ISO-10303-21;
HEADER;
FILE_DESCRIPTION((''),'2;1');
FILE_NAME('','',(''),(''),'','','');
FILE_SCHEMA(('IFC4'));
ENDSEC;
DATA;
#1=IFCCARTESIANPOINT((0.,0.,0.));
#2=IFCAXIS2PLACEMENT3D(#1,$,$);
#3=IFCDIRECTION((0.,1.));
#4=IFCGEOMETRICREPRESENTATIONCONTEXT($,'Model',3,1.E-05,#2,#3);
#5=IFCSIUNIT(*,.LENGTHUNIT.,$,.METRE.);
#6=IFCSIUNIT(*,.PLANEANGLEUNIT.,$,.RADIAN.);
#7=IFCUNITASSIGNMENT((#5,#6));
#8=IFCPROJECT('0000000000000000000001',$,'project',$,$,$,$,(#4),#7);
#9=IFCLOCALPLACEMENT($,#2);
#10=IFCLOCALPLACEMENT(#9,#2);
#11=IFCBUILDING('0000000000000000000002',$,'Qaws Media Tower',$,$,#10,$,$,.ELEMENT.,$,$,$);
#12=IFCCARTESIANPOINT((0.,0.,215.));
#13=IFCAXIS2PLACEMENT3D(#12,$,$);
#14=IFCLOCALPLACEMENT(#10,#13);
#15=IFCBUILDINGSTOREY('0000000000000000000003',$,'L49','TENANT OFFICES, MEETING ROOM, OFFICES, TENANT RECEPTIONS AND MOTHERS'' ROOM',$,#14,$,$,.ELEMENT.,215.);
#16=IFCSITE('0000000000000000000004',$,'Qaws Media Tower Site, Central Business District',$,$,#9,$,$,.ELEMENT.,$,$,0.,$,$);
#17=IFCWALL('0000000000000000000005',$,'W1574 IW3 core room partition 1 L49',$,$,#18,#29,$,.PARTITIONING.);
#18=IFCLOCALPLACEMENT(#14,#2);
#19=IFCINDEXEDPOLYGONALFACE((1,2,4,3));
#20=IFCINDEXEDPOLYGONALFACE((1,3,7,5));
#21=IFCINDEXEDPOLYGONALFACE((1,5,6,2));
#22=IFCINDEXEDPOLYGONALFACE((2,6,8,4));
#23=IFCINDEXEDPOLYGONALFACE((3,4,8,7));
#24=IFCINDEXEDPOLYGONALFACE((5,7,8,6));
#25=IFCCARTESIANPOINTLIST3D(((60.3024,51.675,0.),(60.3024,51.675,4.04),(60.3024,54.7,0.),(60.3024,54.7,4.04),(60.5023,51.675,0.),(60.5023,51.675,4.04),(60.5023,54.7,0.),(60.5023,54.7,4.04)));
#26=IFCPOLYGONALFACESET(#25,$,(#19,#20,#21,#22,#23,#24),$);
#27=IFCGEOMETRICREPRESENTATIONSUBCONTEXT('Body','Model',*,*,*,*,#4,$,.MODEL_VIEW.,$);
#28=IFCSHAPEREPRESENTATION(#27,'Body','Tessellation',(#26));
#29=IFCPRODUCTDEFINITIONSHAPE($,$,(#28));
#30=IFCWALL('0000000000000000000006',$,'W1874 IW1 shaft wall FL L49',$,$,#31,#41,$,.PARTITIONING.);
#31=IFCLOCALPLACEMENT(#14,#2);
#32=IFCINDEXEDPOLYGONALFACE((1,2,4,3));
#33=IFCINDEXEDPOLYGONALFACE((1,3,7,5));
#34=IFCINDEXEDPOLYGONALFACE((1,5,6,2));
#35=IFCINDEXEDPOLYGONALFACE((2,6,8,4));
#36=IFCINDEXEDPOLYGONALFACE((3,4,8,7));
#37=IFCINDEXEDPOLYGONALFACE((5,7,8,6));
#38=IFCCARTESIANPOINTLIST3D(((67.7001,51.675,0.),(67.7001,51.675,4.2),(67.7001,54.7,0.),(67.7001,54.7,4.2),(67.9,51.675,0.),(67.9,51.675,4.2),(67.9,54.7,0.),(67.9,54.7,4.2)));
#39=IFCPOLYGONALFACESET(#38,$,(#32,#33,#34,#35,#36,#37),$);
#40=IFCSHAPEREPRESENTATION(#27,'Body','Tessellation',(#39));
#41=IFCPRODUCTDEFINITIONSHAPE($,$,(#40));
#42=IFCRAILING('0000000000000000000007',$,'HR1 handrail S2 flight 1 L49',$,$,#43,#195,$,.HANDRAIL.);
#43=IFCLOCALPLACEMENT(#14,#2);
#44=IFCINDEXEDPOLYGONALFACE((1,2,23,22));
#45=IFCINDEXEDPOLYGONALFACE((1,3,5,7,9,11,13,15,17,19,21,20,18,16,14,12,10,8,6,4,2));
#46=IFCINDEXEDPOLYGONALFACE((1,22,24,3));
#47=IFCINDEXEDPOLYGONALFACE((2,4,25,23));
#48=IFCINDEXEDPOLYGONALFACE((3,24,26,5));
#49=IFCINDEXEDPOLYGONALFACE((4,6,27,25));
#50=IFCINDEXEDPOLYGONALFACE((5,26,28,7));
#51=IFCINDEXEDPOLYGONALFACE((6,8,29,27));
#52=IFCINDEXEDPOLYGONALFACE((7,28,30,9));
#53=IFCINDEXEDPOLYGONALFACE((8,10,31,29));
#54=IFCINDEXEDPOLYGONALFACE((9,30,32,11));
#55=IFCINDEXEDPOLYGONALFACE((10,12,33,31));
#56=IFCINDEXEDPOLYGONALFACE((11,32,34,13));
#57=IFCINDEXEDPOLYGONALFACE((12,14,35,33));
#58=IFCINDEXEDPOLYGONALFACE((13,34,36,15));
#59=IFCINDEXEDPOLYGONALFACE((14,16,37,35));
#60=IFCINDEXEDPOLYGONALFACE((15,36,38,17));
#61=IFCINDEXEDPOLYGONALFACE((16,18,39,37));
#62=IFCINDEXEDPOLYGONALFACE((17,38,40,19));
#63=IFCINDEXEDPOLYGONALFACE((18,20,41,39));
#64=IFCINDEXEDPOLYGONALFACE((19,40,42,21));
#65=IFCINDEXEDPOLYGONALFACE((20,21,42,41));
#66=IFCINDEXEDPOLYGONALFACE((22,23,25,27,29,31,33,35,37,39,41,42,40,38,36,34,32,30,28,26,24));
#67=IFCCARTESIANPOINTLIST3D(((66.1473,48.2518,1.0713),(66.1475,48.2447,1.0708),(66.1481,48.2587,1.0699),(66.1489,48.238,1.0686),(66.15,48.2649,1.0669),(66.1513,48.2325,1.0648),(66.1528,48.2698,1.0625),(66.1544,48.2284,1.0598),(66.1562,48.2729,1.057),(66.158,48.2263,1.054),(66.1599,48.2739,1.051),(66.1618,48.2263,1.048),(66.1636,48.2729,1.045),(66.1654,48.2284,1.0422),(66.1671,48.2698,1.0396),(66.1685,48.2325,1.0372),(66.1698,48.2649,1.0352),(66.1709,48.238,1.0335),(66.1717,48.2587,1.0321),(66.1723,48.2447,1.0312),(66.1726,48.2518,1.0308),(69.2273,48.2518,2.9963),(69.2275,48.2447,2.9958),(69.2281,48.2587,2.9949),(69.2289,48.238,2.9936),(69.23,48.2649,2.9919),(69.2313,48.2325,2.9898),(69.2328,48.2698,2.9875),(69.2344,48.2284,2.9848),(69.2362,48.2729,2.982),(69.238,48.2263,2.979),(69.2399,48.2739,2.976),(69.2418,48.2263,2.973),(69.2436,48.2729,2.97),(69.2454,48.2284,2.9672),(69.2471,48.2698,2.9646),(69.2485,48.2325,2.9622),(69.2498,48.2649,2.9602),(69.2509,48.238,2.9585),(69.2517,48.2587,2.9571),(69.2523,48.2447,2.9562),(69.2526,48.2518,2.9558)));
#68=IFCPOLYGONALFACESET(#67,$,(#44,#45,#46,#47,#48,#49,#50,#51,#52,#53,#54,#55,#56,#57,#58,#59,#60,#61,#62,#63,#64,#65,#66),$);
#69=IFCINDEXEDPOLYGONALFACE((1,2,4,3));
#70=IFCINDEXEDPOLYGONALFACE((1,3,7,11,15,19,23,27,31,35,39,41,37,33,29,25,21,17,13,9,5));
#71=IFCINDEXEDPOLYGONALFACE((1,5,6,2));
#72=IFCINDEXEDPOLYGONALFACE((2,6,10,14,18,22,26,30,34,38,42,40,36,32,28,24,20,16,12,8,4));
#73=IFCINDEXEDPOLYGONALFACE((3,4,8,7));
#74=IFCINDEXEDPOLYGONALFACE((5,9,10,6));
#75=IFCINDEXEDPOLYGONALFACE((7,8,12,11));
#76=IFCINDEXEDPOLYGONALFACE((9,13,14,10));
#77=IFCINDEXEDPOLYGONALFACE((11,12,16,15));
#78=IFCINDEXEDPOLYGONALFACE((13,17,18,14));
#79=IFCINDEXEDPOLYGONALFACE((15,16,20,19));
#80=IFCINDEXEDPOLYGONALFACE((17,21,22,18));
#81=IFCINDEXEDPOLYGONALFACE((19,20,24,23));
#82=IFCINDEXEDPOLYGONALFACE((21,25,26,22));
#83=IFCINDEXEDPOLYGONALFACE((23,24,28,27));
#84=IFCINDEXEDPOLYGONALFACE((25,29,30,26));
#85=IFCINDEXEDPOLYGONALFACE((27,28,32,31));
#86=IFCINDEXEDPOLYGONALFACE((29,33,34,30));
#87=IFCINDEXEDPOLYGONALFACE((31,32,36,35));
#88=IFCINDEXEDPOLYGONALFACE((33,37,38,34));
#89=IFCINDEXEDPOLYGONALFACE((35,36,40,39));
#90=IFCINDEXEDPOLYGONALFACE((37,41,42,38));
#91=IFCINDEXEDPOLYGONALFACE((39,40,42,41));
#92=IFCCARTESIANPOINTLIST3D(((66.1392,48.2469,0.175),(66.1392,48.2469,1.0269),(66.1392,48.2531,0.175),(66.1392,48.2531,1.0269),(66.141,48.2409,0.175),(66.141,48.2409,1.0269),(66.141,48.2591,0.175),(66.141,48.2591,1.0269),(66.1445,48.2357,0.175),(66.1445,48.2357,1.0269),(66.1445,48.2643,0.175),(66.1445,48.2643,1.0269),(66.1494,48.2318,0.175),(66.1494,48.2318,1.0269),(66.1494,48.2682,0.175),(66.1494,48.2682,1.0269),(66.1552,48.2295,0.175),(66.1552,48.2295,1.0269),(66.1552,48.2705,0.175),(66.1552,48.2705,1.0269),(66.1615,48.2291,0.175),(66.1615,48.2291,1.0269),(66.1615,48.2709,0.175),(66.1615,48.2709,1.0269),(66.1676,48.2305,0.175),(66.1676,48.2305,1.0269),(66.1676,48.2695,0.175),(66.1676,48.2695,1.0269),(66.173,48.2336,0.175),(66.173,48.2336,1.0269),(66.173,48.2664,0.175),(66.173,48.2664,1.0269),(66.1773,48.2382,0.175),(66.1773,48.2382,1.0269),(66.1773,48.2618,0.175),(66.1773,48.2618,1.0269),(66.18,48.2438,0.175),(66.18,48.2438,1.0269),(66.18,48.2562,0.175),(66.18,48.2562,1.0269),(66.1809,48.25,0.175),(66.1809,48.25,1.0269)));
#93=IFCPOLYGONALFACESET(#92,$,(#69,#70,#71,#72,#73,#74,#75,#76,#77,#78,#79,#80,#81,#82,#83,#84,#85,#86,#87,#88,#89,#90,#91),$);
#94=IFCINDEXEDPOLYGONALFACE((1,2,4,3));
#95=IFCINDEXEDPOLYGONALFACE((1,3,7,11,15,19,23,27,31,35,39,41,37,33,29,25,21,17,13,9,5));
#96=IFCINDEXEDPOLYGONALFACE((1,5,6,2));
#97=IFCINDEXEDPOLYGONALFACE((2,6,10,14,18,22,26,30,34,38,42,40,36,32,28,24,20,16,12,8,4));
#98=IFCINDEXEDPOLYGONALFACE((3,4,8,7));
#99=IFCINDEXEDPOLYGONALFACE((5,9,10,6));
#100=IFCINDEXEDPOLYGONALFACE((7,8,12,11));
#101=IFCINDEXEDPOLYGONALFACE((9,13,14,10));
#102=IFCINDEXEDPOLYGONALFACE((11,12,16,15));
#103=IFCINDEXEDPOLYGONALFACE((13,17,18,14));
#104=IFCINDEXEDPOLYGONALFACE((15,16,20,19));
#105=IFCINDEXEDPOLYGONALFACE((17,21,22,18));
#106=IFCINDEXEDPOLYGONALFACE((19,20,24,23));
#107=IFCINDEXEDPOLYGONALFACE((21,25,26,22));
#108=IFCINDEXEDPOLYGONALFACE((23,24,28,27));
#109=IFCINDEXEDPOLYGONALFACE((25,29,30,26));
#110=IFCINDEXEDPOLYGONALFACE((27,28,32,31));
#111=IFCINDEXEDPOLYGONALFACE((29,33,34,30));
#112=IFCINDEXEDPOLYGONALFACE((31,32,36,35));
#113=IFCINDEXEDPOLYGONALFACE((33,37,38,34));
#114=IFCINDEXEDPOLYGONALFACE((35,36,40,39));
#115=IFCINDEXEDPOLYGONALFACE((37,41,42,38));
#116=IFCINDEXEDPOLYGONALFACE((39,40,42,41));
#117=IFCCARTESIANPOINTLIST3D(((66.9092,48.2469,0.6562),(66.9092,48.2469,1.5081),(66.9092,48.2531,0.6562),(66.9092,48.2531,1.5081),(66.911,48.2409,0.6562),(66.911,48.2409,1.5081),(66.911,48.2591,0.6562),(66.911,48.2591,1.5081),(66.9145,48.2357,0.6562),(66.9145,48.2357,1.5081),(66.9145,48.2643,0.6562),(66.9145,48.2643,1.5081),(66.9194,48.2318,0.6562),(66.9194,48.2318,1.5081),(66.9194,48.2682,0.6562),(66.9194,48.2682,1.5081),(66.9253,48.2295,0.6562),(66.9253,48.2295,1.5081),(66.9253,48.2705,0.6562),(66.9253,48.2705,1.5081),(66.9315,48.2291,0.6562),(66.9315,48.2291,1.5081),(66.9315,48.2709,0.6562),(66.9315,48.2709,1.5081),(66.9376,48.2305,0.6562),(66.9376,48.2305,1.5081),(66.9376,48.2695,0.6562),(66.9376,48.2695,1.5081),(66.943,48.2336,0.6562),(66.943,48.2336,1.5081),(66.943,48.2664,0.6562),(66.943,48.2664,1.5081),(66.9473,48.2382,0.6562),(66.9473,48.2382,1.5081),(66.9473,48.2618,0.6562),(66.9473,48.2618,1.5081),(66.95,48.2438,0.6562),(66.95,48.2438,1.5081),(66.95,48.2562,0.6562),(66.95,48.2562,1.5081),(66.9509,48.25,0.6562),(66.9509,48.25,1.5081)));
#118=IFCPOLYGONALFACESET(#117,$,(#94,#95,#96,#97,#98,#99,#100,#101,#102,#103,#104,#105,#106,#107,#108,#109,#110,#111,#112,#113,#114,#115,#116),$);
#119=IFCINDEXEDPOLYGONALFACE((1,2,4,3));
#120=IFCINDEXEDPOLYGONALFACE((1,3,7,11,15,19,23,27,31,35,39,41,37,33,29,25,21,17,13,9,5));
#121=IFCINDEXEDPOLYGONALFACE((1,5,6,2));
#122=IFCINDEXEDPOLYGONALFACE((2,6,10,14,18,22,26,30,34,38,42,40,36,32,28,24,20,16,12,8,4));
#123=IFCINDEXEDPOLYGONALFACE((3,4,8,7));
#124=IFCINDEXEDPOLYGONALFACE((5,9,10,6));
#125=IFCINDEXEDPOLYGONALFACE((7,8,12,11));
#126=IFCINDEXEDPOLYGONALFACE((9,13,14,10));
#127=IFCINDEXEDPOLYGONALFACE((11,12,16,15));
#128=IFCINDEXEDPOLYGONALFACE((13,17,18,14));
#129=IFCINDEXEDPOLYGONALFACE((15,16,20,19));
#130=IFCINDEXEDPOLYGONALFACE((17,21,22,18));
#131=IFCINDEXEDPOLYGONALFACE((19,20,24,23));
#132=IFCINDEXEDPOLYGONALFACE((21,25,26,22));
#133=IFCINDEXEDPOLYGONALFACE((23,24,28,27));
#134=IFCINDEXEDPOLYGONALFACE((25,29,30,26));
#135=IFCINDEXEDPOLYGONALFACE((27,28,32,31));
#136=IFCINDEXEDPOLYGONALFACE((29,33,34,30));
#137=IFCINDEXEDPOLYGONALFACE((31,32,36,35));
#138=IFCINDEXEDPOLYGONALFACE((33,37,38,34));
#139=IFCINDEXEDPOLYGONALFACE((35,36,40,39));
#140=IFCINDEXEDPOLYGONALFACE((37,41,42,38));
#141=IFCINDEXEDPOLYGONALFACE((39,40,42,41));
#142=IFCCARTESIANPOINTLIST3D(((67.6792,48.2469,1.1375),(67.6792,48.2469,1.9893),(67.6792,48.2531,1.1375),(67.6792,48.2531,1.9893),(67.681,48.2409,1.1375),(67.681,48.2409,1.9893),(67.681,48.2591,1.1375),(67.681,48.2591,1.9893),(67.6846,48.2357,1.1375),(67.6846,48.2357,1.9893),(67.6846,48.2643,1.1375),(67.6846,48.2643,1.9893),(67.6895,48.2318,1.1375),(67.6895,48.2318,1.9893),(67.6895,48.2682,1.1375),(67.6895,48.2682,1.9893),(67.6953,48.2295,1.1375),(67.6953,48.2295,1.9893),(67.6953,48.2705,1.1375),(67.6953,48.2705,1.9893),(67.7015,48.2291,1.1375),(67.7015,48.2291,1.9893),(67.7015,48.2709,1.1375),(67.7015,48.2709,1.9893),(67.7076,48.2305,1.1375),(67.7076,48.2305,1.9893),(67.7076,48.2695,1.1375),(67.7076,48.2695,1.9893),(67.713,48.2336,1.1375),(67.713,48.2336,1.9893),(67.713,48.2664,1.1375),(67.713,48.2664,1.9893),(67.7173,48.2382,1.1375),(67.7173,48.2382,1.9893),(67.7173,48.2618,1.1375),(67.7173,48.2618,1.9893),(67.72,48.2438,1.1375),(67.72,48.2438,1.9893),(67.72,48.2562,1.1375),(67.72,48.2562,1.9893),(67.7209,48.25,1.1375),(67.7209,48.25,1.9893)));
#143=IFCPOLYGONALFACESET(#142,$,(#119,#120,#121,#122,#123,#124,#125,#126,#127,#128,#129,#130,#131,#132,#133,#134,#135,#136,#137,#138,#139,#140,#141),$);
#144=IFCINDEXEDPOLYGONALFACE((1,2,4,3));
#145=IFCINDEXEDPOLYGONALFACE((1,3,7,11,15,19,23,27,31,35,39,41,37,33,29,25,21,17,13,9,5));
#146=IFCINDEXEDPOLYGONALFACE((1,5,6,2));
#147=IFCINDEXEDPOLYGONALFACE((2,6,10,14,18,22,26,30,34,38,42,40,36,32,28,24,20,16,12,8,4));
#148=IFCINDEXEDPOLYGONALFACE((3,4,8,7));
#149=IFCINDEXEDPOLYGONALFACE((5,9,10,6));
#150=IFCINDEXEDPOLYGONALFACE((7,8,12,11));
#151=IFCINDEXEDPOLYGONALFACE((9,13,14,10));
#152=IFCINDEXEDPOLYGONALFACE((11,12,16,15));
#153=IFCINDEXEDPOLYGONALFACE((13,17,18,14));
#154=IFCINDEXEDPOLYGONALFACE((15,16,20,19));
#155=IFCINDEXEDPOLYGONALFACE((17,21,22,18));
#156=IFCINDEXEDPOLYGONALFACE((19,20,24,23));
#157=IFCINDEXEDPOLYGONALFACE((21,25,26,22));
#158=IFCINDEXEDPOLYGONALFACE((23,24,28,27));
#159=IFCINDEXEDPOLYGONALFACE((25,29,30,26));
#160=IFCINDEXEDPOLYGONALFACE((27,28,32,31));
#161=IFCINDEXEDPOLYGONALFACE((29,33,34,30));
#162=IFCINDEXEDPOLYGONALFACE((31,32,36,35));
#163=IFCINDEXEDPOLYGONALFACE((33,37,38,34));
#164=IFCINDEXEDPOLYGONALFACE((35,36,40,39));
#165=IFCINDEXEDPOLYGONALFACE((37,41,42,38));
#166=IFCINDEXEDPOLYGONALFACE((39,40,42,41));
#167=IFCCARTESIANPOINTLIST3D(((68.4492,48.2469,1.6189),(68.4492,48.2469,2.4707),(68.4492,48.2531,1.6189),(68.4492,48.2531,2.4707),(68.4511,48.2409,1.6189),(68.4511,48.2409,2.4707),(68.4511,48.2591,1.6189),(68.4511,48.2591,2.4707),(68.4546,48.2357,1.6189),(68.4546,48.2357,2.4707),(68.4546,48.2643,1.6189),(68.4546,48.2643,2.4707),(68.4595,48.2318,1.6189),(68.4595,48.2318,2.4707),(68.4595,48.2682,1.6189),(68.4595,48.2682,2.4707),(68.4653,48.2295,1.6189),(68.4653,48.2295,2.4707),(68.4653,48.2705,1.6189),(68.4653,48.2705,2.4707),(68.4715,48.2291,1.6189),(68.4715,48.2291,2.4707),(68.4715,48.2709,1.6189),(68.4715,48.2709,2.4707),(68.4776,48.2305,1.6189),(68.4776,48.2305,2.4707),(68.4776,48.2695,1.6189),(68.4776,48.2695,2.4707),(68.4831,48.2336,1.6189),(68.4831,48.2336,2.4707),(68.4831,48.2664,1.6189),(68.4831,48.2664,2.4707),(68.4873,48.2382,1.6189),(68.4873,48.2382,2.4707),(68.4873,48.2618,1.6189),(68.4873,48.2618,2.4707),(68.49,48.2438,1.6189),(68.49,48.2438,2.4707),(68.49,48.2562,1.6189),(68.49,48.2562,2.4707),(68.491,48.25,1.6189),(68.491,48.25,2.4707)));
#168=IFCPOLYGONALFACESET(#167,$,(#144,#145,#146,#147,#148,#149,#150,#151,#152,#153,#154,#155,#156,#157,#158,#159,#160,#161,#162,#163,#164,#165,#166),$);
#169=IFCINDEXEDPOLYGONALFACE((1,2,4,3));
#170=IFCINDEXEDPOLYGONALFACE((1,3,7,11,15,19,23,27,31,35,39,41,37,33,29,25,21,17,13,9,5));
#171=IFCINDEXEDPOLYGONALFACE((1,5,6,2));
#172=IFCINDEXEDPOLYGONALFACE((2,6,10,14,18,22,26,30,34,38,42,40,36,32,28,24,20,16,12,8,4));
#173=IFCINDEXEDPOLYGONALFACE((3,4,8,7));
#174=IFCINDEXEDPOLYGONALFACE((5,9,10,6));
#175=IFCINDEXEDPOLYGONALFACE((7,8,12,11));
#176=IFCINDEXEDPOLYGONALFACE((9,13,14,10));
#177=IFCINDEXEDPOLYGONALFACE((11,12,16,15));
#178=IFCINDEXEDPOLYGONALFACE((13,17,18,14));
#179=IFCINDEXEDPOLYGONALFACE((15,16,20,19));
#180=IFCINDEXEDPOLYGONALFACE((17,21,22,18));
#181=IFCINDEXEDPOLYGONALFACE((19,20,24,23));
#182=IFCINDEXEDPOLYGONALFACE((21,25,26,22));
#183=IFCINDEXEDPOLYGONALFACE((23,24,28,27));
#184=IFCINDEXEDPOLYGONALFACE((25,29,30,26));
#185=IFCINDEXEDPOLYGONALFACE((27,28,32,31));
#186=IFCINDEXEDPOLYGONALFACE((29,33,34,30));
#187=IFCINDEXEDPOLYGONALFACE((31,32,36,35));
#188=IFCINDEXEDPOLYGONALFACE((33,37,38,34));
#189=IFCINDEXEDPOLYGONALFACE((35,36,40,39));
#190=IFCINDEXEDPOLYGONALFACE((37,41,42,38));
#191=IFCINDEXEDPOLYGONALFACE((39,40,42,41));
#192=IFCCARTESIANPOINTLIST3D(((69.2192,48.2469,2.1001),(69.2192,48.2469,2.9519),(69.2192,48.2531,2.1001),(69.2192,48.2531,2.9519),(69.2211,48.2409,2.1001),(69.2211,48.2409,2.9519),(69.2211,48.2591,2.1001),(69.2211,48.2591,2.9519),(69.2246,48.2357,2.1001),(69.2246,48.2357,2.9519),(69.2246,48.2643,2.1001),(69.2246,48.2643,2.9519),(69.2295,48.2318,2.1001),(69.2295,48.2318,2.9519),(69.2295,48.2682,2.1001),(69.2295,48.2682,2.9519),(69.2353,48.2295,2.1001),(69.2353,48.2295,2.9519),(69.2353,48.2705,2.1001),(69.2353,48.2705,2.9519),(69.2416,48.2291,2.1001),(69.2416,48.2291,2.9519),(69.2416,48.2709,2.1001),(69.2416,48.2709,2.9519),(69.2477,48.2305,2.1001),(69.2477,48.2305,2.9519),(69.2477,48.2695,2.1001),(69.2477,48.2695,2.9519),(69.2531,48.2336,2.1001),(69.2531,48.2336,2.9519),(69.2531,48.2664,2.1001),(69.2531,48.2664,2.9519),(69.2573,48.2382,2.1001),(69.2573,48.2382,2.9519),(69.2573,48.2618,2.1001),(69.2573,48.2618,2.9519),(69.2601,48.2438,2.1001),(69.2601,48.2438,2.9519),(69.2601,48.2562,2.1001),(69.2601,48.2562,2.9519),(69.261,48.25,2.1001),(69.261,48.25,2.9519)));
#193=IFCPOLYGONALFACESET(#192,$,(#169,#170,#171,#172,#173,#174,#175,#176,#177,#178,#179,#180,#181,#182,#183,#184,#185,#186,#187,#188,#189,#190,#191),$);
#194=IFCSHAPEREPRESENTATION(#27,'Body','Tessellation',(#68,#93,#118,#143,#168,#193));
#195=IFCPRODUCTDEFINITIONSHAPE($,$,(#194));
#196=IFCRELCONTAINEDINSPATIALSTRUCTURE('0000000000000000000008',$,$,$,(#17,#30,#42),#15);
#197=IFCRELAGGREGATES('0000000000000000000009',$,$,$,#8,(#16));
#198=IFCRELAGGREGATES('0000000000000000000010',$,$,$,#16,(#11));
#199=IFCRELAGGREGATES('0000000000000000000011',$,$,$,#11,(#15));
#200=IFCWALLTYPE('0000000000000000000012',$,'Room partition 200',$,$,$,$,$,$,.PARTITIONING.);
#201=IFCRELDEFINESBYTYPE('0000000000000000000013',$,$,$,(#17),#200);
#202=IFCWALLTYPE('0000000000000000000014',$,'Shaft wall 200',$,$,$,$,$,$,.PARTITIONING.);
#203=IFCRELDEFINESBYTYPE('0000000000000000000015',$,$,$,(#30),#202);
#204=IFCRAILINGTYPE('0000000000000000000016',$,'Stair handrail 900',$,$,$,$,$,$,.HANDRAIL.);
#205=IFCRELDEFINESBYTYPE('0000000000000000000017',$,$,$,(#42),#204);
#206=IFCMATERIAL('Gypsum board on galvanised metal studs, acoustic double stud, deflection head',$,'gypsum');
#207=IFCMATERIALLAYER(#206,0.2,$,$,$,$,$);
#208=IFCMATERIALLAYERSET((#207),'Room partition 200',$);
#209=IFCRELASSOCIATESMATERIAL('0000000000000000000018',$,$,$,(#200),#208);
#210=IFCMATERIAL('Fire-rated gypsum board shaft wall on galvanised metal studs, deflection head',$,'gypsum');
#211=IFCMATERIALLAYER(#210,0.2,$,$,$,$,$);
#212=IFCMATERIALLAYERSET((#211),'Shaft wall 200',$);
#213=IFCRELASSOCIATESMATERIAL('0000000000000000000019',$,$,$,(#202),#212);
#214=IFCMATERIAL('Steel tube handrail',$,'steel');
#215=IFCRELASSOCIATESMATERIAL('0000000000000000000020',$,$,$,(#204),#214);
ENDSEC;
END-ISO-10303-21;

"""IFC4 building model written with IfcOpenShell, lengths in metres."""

from ifc_helpers import new_model, si_unit, direction, frame, frame_2d, origin, origin_2d, place, context, subcontext, project, spatial, rectangle, circle, extrude, material, layer, layer_set, type_object, element, save


model = new_model("IFC4")

# Units and contexts
model_context = context("Model", 3, precision=1e-05, world=origin(), true_north=direction((0.0, 1.0)))
body_context = subcontext(model_context, "Body", "Model", "MODEL_VIEW")
ifc_project = project(units=[si_unit("LENGTHUNIT", "METRE"), si_unit("PLANEANGLEUNIT", "RADIAN")], contexts=[model_context])

# Site, building, storey
site_placement = place(None, origin())
site = spatial("IfcSite", under=ifc_project, at=site_placement, Name="Qaws Media Tower Site, Central Business District", CompositionType="ELEMENT", RefElevation=0.0)
building_placement = place(site_placement, origin())
building = spatial("IfcBuilding", under=site, at=building_placement, Name="Qaws Media Tower", CompositionType="ELEMENT")
storey_placement = place(building_placement, frame((0.0, 0.0, 215.0)))
storey = spatial("IfcBuildingStorey", under=building, at=storey_placement, Name="L49", Description="TENANT OFFICES, MEETING ROOM, OFFICES, TENANT RECEPTIONS AND MOTHERS' ROOM", CompositionType="ELEMENT", Elevation=215.0)

# Walls
ifc_material_1 = material(Name="Gypsum board on galvanised metal studs, acoustic double stud, deflection head", Category="gypsum")
ifc_layer_1 = layer(ifc_material_1, 0.2)
ifc_layer_set_1 = layer_set([ifc_layer_1], Name="Room partition 200")
wall_type_1 = type_object("IfcWallType", Name="Room partition 200", PredefinedType="PARTITIONING", material=ifc_layer_set_1)
wall_1_placement = place(storey_placement, frame((60.4023, 51.675, 0.0), z_axis=(0.0, 0.0, 1.0), x_axis=(0.0, 1.0, 0.0)))
element("IfcWall", 1, at=wall_1_placement, inside=storey, type_object=wall_type_1, Name="W1574 IW3 core room partition 1 L49", PredefinedType="PARTITIONING", context=body_context, shape_type="SweptSolid", body=[
    extrude(rectangle(XDim=3.0249, YDim=0.2, at=frame_2d((1.5125, 0.0))), origin(), (0.0, 0.0, 1.0), 4.04),
])
ifc_material_2 = material(Name="Fire-rated gypsum board shaft wall on galvanised metal studs, deflection head", Category="gypsum")
ifc_layer_2 = layer(ifc_material_2, 0.2)
ifc_layer_set_2 = layer_set([ifc_layer_2], Name="Shaft wall 200")
wall_type_2 = type_object("IfcWallType", Name="Shaft wall 200", PredefinedType="PARTITIONING", material=ifc_layer_set_2)
wall_2_placement = place(storey_placement, frame((67.8, 51.675, 0.0), z_axis=(0.0, 0.0, 1.0), x_axis=(0.0, 1.0, 0.0)))
element("IfcWall", 2, at=wall_2_placement, inside=storey, type_object=wall_type_2, Name="W1874 IW1 shaft wall FL L49", PredefinedType="PARTITIONING", context=body_context, shape_type="SweptSolid", body=[
    extrude(rectangle(XDim=3.0249, YDim=0.2, at=frame_2d((1.5125, 0.0))), origin(), (0.0, 0.0, 1.0), 4.2),
])

# Railing
ifc_material_3 = material(Name="Steel tube handrail", Category="steel")
railing_type = type_object("IfcRailingType", Name="Stair handrail 900", PredefinedType="HANDRAIL", material=ifc_material_3)
railing_placement = place(storey_placement, frame((66.1599, 48.25, 0.175)))
element("IfcRailing", 3, at=railing_placement, inside=storey, type_object=railing_type, Name="HR1 handrail S2 flight 1 L49", PredefinedType="HANDRAIL", context=body_context, shape_type="SweptSolid", body=[
    extrude(circle(Radius=0.0239, at=origin_2d()), frame((0.0, 0.0, 0.876), z_axis=(0.847998, 0.0, 0.529999), x_axis=(0.0, 1.0, 0.0)), (0.0, 0.0, 1.0), 3.6321),
    extrude(circle(Radius=0.021, at=origin_2d()), origin(), (0.0, 0.0, 1.0), 0.8518),
    extrude(circle(Radius=0.021, at=origin_2d()), frame((0.77, 0.0, 0.4812)), (0.0, 0.0, 1.0), 0.8518),
    extrude(circle(Radius=0.021, at=origin_2d()), frame((1.54, 0.0, 0.9624)), (0.0, 0.0, 1.0), 0.8518),
    extrude(circle(Radius=0.021, at=origin_2d()), frame((2.3101, 0.0, 1.4438)), (0.0, 0.0, 1.0), 0.8518),
    extrude(circle(Radius=0.021, at=origin_2d()), frame((3.0801, 0.0, 1.925)), (0.0, 0.0, 1.0), 0.8518),
])

save(model, "model.ifc")
